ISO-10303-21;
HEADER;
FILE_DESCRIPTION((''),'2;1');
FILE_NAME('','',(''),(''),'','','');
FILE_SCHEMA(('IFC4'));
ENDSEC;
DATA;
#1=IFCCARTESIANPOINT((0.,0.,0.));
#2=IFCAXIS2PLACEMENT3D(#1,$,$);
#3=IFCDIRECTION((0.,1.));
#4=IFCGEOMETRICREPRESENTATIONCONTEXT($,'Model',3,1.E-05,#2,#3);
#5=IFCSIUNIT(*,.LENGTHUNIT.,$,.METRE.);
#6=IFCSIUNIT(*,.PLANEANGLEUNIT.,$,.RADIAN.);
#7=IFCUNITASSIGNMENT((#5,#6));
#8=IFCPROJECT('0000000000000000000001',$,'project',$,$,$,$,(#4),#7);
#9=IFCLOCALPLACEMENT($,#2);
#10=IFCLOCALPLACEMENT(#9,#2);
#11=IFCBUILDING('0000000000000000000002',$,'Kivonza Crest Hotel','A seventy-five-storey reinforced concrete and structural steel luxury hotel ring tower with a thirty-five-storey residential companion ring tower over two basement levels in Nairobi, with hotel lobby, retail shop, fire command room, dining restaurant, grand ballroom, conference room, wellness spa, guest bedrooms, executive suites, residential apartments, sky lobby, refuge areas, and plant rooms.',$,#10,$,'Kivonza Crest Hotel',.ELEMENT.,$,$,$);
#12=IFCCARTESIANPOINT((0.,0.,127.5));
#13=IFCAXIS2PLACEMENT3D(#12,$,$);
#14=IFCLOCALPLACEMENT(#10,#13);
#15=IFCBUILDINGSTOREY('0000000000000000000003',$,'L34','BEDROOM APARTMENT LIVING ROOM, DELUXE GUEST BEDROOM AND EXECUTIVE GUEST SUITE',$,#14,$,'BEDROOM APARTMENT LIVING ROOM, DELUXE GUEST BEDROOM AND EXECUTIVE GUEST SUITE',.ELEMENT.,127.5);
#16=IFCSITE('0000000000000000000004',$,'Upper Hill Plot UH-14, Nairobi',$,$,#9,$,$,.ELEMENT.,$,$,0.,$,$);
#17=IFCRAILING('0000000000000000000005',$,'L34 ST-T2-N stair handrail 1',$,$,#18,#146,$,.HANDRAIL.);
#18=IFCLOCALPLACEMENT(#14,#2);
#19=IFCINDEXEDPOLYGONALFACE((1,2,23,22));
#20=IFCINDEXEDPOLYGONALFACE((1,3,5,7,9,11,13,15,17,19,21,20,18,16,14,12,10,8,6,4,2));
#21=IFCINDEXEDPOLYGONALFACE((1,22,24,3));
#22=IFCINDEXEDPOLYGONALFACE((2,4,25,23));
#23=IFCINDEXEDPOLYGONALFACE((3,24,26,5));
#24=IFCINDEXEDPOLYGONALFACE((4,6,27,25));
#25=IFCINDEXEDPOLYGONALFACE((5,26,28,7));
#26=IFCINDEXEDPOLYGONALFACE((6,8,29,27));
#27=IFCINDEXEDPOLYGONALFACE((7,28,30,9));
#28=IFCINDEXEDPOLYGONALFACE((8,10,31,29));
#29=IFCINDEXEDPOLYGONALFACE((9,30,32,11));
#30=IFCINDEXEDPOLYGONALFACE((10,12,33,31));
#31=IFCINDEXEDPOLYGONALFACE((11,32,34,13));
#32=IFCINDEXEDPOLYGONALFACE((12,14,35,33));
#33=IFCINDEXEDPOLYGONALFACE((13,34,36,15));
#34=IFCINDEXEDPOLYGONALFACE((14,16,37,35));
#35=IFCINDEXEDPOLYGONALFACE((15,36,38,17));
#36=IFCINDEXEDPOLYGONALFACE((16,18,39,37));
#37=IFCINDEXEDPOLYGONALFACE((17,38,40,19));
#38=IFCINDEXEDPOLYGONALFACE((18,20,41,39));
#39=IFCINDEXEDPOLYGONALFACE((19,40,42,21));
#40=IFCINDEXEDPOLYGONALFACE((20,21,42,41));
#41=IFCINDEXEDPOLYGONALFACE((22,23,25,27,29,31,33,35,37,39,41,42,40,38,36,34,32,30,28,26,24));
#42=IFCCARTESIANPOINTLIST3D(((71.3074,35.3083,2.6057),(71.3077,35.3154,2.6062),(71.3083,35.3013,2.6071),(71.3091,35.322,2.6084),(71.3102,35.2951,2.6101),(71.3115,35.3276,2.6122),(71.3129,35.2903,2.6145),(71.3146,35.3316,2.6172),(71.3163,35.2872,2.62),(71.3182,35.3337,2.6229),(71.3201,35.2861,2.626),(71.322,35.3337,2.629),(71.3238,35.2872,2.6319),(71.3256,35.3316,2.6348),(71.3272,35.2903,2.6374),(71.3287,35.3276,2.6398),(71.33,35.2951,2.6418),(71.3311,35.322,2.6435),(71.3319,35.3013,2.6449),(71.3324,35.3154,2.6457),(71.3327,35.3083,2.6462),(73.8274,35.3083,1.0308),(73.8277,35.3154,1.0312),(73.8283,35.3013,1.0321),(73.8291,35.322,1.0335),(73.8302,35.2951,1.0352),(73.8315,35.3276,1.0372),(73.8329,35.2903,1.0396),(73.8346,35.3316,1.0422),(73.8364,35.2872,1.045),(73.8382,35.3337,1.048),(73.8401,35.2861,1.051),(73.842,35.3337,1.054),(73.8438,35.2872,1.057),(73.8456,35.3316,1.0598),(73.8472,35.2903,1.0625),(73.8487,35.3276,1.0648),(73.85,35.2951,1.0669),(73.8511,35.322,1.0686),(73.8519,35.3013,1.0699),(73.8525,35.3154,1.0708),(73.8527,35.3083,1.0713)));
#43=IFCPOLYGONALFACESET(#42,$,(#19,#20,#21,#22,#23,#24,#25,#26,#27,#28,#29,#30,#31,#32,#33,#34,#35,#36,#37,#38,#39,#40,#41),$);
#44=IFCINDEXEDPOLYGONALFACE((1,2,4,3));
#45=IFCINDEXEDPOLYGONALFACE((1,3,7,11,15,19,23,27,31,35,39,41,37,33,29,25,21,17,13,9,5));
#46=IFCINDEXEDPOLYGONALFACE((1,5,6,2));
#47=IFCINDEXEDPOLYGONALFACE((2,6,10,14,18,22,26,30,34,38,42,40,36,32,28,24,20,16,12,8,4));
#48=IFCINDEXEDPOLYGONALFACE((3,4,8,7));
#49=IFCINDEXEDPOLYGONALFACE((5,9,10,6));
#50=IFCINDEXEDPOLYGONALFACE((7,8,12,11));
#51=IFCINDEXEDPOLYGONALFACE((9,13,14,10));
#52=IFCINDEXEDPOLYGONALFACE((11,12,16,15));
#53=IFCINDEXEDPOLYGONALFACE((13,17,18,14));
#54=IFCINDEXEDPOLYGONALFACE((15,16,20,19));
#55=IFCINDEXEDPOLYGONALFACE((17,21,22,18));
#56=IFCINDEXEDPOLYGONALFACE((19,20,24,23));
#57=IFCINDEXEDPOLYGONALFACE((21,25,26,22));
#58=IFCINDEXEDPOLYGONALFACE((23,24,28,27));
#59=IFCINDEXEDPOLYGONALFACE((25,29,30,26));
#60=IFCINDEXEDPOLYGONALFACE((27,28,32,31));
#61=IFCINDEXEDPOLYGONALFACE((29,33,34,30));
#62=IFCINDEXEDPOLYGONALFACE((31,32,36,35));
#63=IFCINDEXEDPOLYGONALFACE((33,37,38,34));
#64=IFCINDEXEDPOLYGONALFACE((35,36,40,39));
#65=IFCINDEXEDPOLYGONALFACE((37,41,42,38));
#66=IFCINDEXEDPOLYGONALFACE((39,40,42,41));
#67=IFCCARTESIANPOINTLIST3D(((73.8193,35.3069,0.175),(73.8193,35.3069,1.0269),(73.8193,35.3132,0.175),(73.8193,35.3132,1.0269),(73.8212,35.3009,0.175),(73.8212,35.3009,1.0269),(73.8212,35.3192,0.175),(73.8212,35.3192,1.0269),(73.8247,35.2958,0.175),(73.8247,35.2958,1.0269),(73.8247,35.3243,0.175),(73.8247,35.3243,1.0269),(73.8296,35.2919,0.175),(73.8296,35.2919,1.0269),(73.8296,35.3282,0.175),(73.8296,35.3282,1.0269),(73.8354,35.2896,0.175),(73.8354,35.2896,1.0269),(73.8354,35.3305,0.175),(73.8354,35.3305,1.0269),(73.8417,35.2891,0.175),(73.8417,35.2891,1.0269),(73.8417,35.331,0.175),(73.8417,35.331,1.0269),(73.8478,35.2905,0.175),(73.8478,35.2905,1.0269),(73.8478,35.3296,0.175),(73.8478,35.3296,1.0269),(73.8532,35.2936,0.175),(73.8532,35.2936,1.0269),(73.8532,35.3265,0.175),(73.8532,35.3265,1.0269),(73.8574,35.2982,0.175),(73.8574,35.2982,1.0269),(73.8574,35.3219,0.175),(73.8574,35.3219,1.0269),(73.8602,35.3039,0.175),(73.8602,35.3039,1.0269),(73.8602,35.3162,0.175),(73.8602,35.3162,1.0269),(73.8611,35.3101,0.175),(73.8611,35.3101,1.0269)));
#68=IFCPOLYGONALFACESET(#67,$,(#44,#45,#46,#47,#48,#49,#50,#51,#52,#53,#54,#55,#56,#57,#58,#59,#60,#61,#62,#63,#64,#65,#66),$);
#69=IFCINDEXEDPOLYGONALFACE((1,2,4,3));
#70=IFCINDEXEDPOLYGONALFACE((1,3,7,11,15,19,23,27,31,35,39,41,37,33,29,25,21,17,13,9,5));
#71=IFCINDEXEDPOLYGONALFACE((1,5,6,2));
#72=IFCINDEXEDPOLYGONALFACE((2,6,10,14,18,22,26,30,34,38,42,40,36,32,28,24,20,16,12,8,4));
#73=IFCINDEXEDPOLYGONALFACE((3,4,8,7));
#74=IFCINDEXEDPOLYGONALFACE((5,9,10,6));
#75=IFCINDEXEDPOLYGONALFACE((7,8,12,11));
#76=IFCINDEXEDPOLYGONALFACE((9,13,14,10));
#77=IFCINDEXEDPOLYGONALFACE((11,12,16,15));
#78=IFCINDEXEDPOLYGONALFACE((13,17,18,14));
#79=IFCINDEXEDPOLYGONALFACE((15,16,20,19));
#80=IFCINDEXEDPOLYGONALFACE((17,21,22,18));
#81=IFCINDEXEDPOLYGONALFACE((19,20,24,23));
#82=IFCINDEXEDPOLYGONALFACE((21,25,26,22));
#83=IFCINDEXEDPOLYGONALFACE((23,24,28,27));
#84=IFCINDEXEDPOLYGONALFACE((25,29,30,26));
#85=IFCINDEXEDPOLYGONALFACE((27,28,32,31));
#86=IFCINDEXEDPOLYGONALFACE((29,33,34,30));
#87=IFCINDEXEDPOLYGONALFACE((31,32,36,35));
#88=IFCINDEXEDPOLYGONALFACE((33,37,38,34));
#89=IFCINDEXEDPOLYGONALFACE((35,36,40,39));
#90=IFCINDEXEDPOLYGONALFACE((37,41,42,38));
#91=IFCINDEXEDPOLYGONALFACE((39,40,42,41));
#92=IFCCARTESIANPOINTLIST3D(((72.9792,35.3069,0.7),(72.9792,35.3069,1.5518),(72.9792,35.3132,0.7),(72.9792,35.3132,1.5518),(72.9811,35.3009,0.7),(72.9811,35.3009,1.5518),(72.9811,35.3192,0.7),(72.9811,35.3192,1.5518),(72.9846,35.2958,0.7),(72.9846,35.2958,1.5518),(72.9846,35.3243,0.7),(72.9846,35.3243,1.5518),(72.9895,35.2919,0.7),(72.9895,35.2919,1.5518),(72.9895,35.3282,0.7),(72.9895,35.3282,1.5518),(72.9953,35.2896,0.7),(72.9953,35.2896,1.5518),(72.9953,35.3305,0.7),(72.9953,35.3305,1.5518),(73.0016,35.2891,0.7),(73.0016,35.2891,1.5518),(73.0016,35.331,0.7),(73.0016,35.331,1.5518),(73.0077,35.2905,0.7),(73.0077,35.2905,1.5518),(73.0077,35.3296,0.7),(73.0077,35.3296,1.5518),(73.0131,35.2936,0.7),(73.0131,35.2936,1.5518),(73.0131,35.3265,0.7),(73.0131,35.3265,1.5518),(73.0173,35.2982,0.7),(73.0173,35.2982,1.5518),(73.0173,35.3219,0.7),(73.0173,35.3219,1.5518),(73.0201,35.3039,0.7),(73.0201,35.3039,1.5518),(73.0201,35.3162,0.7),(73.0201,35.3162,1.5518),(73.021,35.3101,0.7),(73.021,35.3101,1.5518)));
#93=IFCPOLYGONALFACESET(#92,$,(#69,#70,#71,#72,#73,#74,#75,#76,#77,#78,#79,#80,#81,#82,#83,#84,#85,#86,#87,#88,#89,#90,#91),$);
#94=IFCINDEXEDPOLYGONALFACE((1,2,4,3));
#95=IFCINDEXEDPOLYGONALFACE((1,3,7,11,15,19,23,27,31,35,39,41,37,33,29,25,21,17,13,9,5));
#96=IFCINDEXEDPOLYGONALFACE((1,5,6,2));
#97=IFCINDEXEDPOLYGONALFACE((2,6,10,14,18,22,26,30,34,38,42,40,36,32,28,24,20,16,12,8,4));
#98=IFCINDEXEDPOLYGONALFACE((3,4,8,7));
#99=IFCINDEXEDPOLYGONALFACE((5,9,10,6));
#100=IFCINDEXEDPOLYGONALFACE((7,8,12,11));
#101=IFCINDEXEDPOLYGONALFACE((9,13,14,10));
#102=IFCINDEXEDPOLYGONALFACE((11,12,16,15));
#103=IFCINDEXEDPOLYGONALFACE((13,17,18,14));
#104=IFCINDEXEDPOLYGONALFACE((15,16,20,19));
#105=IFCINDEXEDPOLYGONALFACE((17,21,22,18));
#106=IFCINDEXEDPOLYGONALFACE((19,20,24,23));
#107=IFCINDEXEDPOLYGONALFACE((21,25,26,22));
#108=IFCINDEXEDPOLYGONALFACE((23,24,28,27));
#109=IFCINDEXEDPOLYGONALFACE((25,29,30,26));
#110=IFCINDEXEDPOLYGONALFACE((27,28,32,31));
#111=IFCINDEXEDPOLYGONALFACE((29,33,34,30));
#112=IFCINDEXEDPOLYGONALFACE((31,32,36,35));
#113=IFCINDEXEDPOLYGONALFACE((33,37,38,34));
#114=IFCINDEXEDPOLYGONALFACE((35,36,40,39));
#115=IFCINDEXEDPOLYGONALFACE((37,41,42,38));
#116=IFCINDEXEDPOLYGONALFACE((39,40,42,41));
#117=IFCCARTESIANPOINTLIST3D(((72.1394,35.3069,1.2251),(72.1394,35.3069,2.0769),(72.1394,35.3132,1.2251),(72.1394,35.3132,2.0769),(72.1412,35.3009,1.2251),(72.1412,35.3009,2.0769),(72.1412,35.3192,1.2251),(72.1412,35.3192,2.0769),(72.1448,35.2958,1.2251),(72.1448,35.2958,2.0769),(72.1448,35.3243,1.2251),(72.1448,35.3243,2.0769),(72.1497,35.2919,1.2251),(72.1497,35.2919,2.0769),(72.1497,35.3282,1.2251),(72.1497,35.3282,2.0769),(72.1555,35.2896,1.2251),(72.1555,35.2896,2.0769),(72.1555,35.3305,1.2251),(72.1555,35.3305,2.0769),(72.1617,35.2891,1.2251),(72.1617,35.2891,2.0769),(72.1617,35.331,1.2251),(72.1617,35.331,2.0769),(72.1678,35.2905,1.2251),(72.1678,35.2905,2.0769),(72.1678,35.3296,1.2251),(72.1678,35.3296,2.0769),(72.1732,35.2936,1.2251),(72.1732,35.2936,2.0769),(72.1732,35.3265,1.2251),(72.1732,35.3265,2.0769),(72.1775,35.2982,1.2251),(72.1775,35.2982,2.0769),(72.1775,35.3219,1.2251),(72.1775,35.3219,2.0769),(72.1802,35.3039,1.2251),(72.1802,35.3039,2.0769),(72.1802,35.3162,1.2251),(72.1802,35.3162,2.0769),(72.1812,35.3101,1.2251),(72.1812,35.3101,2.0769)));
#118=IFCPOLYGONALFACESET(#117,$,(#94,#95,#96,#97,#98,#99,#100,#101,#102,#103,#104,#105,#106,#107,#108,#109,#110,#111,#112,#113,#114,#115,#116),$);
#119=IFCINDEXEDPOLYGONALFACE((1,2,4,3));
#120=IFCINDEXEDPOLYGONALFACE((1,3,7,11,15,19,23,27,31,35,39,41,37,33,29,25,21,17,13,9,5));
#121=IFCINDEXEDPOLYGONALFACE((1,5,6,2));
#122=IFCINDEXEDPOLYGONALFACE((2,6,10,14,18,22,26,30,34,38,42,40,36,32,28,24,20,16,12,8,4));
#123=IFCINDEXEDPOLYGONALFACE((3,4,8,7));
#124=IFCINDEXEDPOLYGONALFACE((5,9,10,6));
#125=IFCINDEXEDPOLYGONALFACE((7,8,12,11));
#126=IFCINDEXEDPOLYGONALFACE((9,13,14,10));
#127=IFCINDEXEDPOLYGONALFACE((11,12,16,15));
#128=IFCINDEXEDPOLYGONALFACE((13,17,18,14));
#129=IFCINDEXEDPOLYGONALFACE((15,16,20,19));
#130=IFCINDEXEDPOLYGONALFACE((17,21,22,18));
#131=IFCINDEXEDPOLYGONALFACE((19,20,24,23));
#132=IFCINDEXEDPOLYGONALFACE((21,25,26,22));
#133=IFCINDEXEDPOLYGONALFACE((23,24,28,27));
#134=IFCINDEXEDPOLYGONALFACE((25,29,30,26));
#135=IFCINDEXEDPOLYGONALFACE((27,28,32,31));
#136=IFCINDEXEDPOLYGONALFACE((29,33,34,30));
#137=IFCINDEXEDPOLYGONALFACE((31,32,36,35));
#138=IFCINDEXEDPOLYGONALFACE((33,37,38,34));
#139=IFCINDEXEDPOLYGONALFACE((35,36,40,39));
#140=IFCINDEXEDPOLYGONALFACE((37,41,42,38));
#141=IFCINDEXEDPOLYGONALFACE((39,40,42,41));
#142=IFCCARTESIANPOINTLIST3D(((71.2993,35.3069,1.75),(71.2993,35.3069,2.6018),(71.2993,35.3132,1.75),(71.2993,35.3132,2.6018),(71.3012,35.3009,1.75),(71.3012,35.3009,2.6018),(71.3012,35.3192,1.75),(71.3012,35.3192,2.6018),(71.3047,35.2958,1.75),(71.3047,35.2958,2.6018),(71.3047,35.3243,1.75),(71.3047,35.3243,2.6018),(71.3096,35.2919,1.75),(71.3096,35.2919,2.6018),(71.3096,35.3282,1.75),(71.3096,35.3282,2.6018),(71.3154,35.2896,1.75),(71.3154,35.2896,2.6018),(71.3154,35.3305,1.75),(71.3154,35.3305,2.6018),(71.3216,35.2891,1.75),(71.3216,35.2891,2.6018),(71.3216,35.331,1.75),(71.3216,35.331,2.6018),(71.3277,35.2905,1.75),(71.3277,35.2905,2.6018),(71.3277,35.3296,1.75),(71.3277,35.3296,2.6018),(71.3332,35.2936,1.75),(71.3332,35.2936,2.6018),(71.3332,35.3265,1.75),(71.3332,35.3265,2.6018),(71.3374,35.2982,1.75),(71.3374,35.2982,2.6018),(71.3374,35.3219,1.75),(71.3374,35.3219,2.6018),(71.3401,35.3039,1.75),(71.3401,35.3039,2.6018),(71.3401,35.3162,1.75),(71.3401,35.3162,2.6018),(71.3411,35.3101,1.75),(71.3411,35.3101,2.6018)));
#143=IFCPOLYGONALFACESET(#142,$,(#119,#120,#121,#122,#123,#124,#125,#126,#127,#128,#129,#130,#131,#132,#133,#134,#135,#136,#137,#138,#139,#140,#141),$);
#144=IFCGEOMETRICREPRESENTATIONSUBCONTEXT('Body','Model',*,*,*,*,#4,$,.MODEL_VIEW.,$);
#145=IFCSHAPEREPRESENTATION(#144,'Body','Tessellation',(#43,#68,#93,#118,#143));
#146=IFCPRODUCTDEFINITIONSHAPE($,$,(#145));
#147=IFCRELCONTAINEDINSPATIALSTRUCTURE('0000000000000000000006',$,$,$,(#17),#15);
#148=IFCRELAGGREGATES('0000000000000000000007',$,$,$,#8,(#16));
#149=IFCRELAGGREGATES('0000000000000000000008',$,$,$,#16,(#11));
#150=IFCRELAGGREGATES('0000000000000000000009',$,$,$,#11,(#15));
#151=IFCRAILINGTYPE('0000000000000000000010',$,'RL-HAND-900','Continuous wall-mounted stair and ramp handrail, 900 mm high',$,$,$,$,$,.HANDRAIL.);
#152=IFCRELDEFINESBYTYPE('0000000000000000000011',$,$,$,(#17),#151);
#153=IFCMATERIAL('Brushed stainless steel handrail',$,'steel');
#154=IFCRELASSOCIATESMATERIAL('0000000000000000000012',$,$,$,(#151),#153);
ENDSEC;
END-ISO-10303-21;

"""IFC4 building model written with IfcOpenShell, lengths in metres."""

from ifc_helpers import new_model, si_unit, direction, frame, origin, origin_2d, place, context, subcontext, project, spatial, circle, extrude, material, type_object, element, save


model = new_model("IFC4")

# Units and contexts
model_context = context("Model", 3, precision=1e-05, world=origin(), true_north=direction((0.0, 1.0)))
body_context = subcontext(model_context, "Body", "Model", "MODEL_VIEW")
ifc_project = project(units=[si_unit("LENGTHUNIT", "METRE"), si_unit("PLANEANGLEUNIT", "RADIAN")], contexts=[model_context])

# Site, building, storey
site_placement = place(None, origin())
site = spatial("IfcSite", under=ifc_project, at=site_placement, Name="Upper Hill Plot UH-14, Nairobi", CompositionType="ELEMENT", RefElevation=0.0)
building_placement = place(site_placement, origin())
building = spatial("IfcBuilding", under=site, at=building_placement, Name="Kivonza Crest Hotel", Description="A seventy-five-storey reinforced concrete and structural steel luxury hotel ring tower with a thirty-five-storey residential companion ring tower over two basement levels in Nairobi, with hotel lobby, retail shop, fire command room, dining restaurant, grand ballroom, conference room, wellness spa, guest bedrooms, executive suites, residential apartments, sky lobby, refuge areas, and plant rooms.", LongName="Kivonza Crest Hotel", CompositionType="ELEMENT")
storey_placement = place(building_placement, frame((0.0, 0.0, 127.5)))
storey = spatial("IfcBuildingStorey", under=building, at=storey_placement, Name="L34", Description="BEDROOM APARTMENT LIVING ROOM, DELUXE GUEST BEDROOM AND EXECUTIVE GUEST SUITE", LongName="BEDROOM APARTMENT LIVING ROOM, DELUXE GUEST BEDROOM AND EXECUTIVE GUEST SUITE", CompositionType="ELEMENT", Elevation=127.5)

# Railing
ifc_material_1 = material(Name="Brushed stainless steel handrail", Category="steel")
railing_type_1 = type_object("IfcRailingType", Name="RL-HAND-900", Description="Continuous wall-mounted stair and ramp handrail, 900 mm high", PredefinedType="HANDRAIL", material=ifc_material_1)
railing_1_placement = place(storey_placement, frame((73.8401, 35.3101, 0.175)))
element("IfcRailing", 1, at=railing_1_placement, inside=storey, type_object=railing_type_1, Name="L34 ST-T2-N stair handrail 1", PredefinedType="HANDRAIL", context=body_context, shape_type="SweptSolid", body=[
    extrude(circle(Radius=0.0239, at=origin_2d()), frame((0.0, 0.0, 0.876), z_axis=(-0.848008, 0.0, 0.529984), x_axis=(0.0, -1.0, 0.0)), (0.0, 0.0, 1.0), 2.9717),
    extrude(circle(Radius=0.021, at=origin_2d()), origin(), (0.0, 0.0, 1.0), 0.8518),
    extrude(circle(Radius=0.021, at=origin_2d()), frame((-0.8401, 0.0, 0.5249)), (0.0, 0.0, 1.0), 0.8518),
    extrude(circle(Radius=0.021, at=origin_2d()), frame((-1.6799, 0.0, 1.05)), (0.0, 0.0, 1.0), 0.8518),
    extrude(circle(Radius=0.021, at=origin_2d()), frame((-2.52, 0.0, 1.575)), (0.0, 0.0, 1.0), 0.8518),
])

save(model, "model.ifc")
